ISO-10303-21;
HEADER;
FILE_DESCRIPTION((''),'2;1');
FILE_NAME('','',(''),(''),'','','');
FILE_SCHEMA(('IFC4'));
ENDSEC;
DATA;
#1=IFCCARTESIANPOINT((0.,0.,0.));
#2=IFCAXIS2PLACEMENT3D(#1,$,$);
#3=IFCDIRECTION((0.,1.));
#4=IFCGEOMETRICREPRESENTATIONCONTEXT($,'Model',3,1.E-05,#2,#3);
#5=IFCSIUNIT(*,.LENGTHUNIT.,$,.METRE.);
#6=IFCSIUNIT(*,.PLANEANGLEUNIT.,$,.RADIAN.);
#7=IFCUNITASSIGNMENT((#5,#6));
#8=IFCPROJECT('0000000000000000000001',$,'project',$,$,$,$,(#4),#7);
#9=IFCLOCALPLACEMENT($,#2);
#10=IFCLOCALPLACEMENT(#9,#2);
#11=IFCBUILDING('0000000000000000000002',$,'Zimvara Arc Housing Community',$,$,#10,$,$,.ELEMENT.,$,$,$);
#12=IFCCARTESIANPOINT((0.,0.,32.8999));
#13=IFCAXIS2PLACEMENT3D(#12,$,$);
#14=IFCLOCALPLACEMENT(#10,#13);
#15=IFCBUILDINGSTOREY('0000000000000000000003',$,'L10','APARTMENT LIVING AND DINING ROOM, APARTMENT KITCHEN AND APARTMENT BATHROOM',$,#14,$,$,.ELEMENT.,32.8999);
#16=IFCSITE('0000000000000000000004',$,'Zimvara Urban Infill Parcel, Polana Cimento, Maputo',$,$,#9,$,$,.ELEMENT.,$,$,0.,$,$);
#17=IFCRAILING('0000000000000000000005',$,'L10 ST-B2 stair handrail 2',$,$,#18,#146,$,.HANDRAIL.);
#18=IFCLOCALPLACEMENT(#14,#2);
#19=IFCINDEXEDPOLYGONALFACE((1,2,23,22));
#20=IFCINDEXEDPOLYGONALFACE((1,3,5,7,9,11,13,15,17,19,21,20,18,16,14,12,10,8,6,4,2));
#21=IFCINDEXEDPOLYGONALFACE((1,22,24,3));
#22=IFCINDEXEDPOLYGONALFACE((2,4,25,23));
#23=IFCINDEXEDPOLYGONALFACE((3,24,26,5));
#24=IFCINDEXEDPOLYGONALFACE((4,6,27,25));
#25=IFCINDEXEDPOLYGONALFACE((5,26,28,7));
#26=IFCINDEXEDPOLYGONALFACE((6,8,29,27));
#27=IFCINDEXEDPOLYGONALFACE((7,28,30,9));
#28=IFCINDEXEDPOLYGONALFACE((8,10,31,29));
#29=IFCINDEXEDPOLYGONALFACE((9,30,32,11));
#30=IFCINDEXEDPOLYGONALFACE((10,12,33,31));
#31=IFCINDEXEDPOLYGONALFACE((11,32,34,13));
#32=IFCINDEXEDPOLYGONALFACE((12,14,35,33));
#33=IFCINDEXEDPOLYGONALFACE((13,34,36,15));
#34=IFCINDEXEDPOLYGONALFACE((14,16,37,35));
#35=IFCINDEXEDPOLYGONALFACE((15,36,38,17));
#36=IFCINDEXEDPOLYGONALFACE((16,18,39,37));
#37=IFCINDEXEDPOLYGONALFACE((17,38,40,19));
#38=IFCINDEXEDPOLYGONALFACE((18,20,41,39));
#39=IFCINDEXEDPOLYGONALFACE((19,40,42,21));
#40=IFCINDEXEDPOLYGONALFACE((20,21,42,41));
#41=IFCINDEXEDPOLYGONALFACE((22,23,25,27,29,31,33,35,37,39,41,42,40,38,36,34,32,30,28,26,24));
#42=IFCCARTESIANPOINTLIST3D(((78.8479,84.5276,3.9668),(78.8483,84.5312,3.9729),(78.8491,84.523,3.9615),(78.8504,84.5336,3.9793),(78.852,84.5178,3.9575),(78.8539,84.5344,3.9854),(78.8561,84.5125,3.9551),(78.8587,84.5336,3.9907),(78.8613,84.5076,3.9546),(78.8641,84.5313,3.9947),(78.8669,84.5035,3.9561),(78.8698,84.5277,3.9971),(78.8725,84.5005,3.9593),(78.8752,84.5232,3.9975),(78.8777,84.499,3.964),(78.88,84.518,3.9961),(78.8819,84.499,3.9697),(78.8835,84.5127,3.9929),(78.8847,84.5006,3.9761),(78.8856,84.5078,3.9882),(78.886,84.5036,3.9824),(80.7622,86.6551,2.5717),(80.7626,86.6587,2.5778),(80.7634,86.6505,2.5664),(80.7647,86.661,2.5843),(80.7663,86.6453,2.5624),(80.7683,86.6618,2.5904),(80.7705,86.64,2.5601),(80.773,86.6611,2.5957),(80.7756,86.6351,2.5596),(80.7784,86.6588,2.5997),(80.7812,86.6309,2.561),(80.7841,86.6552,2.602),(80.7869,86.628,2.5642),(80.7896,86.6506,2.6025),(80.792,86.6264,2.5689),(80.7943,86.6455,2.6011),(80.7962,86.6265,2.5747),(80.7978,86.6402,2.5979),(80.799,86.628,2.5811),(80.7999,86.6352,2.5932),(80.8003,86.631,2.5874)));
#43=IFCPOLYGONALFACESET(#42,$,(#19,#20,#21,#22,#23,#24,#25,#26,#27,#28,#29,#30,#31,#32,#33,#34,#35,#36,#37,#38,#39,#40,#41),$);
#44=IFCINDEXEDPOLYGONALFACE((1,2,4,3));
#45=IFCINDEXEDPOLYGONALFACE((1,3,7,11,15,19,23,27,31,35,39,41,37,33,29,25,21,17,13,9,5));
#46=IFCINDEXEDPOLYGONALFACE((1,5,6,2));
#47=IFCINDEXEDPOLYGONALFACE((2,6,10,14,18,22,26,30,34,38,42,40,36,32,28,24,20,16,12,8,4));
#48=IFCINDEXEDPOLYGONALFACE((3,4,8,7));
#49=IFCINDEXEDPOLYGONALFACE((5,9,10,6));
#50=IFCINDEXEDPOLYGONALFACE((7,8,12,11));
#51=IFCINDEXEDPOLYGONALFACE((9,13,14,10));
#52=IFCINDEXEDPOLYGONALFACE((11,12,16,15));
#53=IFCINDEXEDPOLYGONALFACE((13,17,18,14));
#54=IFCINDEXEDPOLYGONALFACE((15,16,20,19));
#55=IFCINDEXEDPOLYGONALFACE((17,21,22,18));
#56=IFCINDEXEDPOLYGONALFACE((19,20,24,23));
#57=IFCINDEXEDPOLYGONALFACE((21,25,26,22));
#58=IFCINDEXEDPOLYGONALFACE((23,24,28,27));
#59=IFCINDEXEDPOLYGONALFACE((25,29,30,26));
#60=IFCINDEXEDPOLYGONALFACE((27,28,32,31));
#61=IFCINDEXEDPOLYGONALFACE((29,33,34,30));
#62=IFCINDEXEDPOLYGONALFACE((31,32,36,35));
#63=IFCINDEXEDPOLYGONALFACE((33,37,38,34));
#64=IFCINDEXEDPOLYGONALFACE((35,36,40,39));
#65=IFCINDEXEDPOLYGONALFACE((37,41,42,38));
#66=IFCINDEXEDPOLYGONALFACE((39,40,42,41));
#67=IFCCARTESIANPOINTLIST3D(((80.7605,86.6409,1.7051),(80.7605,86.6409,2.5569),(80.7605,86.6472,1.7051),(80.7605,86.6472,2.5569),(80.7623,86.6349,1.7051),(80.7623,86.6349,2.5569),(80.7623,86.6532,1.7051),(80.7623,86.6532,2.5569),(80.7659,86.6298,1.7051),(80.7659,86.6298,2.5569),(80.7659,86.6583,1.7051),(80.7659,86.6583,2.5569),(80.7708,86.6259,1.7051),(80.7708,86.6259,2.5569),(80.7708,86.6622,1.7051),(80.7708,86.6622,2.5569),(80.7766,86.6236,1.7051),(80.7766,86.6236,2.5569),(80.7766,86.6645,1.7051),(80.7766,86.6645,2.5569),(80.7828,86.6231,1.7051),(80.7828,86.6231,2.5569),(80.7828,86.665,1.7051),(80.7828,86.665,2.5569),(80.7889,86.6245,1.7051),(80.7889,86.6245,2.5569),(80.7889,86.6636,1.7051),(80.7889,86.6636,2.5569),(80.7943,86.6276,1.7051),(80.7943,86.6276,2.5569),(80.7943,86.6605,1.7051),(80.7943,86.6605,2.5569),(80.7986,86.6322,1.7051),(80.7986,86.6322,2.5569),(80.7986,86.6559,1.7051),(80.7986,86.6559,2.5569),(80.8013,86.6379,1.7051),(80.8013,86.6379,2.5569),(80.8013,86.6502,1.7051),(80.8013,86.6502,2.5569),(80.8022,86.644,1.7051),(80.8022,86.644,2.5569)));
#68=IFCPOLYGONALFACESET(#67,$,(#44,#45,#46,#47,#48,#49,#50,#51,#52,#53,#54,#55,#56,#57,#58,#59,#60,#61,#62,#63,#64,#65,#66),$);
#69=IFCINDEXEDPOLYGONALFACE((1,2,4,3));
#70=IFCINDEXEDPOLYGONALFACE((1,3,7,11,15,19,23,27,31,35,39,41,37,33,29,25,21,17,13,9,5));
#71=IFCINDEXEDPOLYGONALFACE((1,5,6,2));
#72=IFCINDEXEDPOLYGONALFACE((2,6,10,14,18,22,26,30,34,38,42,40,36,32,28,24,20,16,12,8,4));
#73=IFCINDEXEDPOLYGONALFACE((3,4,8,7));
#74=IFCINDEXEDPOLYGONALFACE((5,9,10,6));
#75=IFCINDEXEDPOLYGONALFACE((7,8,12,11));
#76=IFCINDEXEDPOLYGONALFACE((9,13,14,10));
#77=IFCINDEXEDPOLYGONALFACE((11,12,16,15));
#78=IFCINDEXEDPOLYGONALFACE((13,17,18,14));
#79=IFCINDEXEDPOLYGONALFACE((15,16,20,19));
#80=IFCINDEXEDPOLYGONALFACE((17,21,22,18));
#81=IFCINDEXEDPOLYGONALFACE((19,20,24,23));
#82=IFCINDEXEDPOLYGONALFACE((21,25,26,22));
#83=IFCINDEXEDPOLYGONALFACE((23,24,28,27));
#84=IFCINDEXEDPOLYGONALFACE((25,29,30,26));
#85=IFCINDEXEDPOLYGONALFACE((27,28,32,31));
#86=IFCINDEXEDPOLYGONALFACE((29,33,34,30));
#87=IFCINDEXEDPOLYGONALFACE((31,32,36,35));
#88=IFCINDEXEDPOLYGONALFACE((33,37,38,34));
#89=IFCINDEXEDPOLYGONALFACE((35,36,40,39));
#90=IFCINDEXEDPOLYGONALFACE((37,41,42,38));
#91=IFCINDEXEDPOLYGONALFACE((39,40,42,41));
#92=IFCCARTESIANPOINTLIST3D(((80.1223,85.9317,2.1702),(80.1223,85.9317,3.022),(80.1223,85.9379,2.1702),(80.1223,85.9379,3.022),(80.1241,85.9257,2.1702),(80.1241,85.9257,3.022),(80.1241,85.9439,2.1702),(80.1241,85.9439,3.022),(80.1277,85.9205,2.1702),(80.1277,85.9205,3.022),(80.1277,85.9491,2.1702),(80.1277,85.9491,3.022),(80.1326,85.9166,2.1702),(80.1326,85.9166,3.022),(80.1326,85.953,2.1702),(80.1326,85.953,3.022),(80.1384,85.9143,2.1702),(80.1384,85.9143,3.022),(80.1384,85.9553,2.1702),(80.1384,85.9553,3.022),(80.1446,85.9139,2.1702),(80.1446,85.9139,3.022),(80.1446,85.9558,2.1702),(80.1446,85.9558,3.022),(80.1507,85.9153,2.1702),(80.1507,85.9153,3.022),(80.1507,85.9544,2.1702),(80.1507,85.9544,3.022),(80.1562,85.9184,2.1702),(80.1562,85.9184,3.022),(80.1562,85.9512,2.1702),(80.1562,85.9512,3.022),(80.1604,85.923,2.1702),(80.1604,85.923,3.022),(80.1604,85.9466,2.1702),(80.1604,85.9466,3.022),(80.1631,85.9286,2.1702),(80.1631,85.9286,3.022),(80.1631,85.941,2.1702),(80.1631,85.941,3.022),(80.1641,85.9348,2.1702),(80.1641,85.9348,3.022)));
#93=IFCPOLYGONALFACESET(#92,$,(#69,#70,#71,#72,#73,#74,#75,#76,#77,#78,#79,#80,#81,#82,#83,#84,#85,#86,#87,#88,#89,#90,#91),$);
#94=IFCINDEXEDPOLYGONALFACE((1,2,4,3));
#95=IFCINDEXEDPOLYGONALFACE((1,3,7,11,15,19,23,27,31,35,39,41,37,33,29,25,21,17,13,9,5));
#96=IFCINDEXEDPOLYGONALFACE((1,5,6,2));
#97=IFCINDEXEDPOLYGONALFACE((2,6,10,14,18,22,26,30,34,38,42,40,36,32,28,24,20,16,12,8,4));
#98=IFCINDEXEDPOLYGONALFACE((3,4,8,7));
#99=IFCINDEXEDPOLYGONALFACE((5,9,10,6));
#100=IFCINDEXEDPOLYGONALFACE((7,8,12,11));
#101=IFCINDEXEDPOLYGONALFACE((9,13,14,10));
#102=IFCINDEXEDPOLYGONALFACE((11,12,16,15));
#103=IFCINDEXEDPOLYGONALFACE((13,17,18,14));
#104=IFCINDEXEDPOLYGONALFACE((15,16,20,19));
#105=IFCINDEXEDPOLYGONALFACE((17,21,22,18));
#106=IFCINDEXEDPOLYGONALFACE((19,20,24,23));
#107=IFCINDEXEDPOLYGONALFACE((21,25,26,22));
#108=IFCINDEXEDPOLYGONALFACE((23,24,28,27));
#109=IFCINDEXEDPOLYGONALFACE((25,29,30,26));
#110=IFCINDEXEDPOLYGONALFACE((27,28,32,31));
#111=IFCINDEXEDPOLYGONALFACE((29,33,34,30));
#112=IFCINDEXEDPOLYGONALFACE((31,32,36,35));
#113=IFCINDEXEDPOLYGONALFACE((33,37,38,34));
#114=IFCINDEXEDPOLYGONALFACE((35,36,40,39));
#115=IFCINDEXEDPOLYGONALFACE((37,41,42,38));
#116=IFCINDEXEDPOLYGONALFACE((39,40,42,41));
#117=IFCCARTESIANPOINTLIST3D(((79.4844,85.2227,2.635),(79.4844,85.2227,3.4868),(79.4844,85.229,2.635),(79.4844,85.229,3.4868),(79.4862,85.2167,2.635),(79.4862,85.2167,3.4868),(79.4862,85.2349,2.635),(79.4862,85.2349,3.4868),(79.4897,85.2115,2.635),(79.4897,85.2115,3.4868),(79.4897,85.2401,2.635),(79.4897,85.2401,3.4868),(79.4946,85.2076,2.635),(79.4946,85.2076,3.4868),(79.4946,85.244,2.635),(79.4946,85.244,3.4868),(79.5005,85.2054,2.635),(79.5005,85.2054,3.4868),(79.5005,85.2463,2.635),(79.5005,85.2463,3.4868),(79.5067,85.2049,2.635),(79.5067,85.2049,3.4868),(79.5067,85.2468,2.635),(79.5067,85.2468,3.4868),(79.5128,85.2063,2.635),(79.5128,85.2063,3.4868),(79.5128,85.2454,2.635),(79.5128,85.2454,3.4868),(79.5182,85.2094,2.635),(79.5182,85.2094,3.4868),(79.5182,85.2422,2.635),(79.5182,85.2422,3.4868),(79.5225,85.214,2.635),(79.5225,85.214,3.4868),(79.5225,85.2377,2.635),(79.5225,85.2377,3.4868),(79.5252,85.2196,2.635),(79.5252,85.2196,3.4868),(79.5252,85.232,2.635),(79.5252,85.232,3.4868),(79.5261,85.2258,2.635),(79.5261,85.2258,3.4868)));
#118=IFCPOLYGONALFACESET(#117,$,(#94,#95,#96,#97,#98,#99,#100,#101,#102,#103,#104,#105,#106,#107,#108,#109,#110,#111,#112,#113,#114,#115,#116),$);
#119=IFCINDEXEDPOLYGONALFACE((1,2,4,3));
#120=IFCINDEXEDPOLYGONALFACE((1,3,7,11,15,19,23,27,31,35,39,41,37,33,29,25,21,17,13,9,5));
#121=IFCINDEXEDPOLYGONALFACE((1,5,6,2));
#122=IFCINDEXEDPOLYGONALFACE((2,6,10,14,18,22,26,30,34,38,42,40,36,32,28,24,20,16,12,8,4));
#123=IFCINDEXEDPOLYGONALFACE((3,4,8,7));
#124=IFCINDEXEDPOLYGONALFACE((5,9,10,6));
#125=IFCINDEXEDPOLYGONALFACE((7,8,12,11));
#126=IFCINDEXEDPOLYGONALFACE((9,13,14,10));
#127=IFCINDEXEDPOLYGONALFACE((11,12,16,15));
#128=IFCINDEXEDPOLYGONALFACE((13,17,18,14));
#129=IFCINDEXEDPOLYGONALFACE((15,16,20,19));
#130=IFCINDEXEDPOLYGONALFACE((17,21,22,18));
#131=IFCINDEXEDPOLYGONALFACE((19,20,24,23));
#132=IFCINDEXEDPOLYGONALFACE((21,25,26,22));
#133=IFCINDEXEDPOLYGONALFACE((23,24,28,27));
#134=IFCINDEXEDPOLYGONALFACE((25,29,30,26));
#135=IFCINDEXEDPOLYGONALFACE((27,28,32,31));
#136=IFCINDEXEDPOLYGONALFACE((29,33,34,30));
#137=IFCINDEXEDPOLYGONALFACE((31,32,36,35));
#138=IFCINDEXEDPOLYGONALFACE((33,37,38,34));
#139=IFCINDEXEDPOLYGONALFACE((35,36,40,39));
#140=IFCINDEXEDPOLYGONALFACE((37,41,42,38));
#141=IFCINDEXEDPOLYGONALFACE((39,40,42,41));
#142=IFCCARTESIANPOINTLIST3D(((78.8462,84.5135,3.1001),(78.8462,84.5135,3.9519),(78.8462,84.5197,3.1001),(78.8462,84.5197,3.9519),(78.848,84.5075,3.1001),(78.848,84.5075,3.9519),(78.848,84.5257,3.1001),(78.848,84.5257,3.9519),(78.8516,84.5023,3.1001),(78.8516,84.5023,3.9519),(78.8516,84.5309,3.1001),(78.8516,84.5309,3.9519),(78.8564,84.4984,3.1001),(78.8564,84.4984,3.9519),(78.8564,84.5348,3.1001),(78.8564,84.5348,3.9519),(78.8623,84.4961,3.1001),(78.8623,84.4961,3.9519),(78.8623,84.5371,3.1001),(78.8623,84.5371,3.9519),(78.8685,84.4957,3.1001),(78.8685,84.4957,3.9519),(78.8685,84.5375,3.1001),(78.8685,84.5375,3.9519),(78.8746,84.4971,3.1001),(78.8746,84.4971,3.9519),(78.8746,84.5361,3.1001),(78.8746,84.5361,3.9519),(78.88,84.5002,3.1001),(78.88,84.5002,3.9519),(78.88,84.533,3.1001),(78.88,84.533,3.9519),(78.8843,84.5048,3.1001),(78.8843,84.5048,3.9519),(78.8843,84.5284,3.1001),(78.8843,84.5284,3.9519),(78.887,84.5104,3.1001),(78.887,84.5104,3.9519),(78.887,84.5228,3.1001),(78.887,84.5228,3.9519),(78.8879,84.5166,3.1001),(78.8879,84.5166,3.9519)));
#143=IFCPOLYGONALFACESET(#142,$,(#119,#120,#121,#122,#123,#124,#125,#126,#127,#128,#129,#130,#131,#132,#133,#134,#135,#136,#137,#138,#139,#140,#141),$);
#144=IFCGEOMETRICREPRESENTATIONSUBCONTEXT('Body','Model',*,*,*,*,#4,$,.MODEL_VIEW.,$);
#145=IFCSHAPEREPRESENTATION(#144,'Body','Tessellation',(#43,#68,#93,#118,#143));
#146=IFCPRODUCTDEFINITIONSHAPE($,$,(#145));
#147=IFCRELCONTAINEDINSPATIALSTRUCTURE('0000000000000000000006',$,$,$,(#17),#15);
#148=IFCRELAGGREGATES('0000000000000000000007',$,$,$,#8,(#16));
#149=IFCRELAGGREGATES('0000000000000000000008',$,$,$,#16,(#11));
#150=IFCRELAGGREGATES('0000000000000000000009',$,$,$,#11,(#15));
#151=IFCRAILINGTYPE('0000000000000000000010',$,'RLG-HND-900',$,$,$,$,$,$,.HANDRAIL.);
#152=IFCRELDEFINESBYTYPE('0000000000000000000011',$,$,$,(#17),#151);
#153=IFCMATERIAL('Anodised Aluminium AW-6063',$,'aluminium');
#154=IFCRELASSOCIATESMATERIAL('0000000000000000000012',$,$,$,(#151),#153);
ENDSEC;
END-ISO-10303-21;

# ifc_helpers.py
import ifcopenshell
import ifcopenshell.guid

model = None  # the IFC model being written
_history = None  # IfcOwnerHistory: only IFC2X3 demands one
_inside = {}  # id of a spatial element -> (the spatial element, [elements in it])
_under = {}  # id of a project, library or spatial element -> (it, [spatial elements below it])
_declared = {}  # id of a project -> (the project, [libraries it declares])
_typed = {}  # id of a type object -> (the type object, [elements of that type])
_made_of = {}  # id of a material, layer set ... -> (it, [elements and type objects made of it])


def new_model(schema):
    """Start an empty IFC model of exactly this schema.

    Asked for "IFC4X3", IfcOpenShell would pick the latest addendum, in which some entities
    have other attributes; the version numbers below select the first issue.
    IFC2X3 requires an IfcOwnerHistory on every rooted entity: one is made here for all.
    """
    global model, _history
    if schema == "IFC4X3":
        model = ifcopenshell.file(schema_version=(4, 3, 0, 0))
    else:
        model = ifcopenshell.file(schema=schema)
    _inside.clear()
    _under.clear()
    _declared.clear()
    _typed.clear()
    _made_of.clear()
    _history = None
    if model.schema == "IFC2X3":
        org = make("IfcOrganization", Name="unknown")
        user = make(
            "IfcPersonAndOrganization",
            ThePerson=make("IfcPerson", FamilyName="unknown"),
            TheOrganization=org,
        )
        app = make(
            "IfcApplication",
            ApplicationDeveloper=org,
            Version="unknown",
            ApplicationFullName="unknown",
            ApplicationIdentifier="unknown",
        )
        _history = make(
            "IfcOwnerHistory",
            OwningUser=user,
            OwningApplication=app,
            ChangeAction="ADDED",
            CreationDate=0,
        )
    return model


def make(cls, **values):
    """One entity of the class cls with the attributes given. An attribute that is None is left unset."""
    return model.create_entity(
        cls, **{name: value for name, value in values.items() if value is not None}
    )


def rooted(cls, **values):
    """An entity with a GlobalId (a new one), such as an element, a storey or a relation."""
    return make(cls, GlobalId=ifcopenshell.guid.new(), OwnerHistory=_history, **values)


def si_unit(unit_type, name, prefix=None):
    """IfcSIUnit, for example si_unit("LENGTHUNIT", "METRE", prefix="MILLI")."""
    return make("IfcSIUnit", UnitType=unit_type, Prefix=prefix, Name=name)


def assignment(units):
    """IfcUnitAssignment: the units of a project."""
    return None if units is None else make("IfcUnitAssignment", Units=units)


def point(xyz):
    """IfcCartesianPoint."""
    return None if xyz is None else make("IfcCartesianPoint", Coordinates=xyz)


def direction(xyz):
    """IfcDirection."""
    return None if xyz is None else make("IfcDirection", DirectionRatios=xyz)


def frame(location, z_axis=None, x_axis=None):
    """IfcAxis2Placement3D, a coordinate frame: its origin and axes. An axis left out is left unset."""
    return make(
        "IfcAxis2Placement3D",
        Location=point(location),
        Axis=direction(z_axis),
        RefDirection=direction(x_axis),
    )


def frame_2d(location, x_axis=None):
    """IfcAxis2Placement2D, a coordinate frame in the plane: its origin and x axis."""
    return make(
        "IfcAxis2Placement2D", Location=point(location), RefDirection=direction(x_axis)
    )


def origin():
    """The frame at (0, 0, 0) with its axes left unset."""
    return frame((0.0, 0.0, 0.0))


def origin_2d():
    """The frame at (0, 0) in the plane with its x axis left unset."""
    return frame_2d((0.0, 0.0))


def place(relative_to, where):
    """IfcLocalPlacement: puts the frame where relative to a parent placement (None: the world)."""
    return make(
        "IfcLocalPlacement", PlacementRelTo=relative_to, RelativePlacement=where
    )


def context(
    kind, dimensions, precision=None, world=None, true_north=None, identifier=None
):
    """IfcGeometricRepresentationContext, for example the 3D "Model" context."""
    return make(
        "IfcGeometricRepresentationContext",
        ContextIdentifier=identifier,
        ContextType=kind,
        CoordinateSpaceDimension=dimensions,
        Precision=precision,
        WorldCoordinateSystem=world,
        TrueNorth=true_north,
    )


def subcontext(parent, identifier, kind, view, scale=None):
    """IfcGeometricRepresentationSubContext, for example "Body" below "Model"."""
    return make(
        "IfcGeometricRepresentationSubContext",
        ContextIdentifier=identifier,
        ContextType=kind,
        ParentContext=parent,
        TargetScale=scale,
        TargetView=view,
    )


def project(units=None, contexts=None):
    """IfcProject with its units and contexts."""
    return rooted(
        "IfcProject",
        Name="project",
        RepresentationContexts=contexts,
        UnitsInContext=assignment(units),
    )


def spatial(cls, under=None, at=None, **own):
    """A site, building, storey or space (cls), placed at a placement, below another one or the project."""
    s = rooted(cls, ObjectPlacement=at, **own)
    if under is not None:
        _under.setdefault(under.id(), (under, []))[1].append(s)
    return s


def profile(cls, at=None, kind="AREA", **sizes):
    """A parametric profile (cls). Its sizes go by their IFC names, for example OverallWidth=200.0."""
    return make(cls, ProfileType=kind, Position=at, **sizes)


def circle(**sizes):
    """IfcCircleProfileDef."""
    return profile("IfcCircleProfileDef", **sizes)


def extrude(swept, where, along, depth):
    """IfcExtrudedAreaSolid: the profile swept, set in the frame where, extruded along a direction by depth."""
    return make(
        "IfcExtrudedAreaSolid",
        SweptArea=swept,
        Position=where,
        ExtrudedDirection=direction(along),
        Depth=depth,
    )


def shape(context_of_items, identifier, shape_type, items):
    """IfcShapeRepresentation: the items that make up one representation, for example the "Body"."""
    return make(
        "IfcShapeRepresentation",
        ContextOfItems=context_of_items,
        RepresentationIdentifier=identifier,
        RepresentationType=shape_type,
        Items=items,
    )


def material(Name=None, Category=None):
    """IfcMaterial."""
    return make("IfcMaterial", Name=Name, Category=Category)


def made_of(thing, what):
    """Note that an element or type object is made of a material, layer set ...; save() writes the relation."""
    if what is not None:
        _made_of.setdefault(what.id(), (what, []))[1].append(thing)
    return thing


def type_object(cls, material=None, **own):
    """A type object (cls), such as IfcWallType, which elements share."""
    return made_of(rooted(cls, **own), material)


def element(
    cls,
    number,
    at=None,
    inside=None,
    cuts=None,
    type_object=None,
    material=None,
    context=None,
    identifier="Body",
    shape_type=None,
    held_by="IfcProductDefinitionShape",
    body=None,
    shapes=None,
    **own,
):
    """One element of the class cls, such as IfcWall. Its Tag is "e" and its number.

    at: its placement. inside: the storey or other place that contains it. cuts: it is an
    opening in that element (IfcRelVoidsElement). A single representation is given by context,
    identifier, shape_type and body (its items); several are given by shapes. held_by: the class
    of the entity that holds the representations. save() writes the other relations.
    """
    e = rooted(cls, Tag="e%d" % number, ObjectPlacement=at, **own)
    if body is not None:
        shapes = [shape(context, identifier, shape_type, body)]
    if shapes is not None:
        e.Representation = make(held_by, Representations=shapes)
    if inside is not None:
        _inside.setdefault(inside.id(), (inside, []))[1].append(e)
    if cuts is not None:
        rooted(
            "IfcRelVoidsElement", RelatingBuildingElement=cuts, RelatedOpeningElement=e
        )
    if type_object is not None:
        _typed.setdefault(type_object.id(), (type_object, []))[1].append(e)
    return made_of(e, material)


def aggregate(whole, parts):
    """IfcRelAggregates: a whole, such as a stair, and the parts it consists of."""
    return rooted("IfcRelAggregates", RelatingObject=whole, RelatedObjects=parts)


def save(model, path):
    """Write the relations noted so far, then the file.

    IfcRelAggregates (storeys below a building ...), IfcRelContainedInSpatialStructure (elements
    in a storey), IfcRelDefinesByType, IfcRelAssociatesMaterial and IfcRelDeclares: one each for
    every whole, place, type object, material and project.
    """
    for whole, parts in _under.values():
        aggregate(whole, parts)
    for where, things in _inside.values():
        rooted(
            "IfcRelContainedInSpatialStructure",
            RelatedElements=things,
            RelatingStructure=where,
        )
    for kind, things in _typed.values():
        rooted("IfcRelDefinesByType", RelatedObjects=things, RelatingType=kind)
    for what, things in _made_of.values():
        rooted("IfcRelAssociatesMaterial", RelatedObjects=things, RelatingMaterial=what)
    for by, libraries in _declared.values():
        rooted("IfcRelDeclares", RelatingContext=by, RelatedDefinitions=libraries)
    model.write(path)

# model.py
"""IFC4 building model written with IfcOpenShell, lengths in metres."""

from ifc_helpers import new_model, si_unit, direction, frame, origin, origin_2d, place, context, subcontext, project, spatial, circle, extrude, material, type_object, element, save


model = new_model("IFC4")

# Units and contexts
model_context = context("Model", 3, precision=1e-05, world=origin(), true_north=direction((0.0, 1.0)))
body_context = subcontext(model_context, "Body", "Model", "MODEL_VIEW")
ifc_project = project(units=[si_unit("LENGTHUNIT", "METRE"), si_unit("PLANEANGLEUNIT", "RADIAN")], contexts=[model_context])

# Site, building, storey
site_placement = place(None, origin())
site = spatial("IfcSite", under=ifc_project, at=site_placement, Name="Zimvara Urban Infill Parcel, Polana Cimento, Maputo", CompositionType="ELEMENT", RefElevation=0.0)
building_placement = place(site_placement, origin())
building = spatial("IfcBuilding", under=site, at=building_placement, Name="Zimvara Arc Housing Community", CompositionType="ELEMENT")
storey_placement = place(building_placement, frame((0.0, 0.0, 32.8999)))
storey = spatial("IfcBuildingStorey", under=building, at=storey_placement, Name="L10", Description="APARTMENT LIVING AND DINING ROOM, APARTMENT KITCHEN AND APARTMENT BATHROOM", CompositionType="ELEMENT", Elevation=32.8999)

# Railing
ifc_material_1 = material(Name="Anodised Aluminium AW-6063", Category="aluminium")
railing_type_1 = type_object("IfcRailingType", Name="RLG-HND-900", PredefinedType="HANDRAIL", material=ifc_material_1)
railing_1_placement = place(storey_placement, frame((80.7812, 86.644, 1.7051)))
element("IfcRailing", 1, at=railing_1_placement, inside=storey, type_object=railing_type_1, Name="L10 ST-B2 stair handrail 2", PredefinedType="HANDRAIL", context=body_context, shape_type="SweptSolid", body=[
    extrude(circle(Radius=0.0239, at=origin_2d()), frame((0.0, 0.0, 0.876), z_axis=(-0.601263, -0.668206, 0.43816), x_axis=(0.743362, -0.668889, 0.0)), (0.0, 0.0, 1.0), 3.1838),
    extrude(circle(Radius=0.021, at=origin_2d()), origin(), (0.0, 0.0, 1.0), 0.8518),
    extrude(circle(Radius=0.021, at=origin_2d()), frame((-0.6382, -0.7092, 0.4651)), (0.0, 0.0, 1.0), 0.8518),
    extrude(circle(Radius=0.021, at=origin_2d()), frame((-1.2761, -1.4182, 0.9299)), (0.0, 0.0, 1.0), 0.8518),
    extrude(circle(Radius=0.021, at=origin_2d()), frame((-1.9143, -2.1274, 1.395)), (0.0, 0.0, 1.0), 0.8518),
])

save(model, "model.ifc")
